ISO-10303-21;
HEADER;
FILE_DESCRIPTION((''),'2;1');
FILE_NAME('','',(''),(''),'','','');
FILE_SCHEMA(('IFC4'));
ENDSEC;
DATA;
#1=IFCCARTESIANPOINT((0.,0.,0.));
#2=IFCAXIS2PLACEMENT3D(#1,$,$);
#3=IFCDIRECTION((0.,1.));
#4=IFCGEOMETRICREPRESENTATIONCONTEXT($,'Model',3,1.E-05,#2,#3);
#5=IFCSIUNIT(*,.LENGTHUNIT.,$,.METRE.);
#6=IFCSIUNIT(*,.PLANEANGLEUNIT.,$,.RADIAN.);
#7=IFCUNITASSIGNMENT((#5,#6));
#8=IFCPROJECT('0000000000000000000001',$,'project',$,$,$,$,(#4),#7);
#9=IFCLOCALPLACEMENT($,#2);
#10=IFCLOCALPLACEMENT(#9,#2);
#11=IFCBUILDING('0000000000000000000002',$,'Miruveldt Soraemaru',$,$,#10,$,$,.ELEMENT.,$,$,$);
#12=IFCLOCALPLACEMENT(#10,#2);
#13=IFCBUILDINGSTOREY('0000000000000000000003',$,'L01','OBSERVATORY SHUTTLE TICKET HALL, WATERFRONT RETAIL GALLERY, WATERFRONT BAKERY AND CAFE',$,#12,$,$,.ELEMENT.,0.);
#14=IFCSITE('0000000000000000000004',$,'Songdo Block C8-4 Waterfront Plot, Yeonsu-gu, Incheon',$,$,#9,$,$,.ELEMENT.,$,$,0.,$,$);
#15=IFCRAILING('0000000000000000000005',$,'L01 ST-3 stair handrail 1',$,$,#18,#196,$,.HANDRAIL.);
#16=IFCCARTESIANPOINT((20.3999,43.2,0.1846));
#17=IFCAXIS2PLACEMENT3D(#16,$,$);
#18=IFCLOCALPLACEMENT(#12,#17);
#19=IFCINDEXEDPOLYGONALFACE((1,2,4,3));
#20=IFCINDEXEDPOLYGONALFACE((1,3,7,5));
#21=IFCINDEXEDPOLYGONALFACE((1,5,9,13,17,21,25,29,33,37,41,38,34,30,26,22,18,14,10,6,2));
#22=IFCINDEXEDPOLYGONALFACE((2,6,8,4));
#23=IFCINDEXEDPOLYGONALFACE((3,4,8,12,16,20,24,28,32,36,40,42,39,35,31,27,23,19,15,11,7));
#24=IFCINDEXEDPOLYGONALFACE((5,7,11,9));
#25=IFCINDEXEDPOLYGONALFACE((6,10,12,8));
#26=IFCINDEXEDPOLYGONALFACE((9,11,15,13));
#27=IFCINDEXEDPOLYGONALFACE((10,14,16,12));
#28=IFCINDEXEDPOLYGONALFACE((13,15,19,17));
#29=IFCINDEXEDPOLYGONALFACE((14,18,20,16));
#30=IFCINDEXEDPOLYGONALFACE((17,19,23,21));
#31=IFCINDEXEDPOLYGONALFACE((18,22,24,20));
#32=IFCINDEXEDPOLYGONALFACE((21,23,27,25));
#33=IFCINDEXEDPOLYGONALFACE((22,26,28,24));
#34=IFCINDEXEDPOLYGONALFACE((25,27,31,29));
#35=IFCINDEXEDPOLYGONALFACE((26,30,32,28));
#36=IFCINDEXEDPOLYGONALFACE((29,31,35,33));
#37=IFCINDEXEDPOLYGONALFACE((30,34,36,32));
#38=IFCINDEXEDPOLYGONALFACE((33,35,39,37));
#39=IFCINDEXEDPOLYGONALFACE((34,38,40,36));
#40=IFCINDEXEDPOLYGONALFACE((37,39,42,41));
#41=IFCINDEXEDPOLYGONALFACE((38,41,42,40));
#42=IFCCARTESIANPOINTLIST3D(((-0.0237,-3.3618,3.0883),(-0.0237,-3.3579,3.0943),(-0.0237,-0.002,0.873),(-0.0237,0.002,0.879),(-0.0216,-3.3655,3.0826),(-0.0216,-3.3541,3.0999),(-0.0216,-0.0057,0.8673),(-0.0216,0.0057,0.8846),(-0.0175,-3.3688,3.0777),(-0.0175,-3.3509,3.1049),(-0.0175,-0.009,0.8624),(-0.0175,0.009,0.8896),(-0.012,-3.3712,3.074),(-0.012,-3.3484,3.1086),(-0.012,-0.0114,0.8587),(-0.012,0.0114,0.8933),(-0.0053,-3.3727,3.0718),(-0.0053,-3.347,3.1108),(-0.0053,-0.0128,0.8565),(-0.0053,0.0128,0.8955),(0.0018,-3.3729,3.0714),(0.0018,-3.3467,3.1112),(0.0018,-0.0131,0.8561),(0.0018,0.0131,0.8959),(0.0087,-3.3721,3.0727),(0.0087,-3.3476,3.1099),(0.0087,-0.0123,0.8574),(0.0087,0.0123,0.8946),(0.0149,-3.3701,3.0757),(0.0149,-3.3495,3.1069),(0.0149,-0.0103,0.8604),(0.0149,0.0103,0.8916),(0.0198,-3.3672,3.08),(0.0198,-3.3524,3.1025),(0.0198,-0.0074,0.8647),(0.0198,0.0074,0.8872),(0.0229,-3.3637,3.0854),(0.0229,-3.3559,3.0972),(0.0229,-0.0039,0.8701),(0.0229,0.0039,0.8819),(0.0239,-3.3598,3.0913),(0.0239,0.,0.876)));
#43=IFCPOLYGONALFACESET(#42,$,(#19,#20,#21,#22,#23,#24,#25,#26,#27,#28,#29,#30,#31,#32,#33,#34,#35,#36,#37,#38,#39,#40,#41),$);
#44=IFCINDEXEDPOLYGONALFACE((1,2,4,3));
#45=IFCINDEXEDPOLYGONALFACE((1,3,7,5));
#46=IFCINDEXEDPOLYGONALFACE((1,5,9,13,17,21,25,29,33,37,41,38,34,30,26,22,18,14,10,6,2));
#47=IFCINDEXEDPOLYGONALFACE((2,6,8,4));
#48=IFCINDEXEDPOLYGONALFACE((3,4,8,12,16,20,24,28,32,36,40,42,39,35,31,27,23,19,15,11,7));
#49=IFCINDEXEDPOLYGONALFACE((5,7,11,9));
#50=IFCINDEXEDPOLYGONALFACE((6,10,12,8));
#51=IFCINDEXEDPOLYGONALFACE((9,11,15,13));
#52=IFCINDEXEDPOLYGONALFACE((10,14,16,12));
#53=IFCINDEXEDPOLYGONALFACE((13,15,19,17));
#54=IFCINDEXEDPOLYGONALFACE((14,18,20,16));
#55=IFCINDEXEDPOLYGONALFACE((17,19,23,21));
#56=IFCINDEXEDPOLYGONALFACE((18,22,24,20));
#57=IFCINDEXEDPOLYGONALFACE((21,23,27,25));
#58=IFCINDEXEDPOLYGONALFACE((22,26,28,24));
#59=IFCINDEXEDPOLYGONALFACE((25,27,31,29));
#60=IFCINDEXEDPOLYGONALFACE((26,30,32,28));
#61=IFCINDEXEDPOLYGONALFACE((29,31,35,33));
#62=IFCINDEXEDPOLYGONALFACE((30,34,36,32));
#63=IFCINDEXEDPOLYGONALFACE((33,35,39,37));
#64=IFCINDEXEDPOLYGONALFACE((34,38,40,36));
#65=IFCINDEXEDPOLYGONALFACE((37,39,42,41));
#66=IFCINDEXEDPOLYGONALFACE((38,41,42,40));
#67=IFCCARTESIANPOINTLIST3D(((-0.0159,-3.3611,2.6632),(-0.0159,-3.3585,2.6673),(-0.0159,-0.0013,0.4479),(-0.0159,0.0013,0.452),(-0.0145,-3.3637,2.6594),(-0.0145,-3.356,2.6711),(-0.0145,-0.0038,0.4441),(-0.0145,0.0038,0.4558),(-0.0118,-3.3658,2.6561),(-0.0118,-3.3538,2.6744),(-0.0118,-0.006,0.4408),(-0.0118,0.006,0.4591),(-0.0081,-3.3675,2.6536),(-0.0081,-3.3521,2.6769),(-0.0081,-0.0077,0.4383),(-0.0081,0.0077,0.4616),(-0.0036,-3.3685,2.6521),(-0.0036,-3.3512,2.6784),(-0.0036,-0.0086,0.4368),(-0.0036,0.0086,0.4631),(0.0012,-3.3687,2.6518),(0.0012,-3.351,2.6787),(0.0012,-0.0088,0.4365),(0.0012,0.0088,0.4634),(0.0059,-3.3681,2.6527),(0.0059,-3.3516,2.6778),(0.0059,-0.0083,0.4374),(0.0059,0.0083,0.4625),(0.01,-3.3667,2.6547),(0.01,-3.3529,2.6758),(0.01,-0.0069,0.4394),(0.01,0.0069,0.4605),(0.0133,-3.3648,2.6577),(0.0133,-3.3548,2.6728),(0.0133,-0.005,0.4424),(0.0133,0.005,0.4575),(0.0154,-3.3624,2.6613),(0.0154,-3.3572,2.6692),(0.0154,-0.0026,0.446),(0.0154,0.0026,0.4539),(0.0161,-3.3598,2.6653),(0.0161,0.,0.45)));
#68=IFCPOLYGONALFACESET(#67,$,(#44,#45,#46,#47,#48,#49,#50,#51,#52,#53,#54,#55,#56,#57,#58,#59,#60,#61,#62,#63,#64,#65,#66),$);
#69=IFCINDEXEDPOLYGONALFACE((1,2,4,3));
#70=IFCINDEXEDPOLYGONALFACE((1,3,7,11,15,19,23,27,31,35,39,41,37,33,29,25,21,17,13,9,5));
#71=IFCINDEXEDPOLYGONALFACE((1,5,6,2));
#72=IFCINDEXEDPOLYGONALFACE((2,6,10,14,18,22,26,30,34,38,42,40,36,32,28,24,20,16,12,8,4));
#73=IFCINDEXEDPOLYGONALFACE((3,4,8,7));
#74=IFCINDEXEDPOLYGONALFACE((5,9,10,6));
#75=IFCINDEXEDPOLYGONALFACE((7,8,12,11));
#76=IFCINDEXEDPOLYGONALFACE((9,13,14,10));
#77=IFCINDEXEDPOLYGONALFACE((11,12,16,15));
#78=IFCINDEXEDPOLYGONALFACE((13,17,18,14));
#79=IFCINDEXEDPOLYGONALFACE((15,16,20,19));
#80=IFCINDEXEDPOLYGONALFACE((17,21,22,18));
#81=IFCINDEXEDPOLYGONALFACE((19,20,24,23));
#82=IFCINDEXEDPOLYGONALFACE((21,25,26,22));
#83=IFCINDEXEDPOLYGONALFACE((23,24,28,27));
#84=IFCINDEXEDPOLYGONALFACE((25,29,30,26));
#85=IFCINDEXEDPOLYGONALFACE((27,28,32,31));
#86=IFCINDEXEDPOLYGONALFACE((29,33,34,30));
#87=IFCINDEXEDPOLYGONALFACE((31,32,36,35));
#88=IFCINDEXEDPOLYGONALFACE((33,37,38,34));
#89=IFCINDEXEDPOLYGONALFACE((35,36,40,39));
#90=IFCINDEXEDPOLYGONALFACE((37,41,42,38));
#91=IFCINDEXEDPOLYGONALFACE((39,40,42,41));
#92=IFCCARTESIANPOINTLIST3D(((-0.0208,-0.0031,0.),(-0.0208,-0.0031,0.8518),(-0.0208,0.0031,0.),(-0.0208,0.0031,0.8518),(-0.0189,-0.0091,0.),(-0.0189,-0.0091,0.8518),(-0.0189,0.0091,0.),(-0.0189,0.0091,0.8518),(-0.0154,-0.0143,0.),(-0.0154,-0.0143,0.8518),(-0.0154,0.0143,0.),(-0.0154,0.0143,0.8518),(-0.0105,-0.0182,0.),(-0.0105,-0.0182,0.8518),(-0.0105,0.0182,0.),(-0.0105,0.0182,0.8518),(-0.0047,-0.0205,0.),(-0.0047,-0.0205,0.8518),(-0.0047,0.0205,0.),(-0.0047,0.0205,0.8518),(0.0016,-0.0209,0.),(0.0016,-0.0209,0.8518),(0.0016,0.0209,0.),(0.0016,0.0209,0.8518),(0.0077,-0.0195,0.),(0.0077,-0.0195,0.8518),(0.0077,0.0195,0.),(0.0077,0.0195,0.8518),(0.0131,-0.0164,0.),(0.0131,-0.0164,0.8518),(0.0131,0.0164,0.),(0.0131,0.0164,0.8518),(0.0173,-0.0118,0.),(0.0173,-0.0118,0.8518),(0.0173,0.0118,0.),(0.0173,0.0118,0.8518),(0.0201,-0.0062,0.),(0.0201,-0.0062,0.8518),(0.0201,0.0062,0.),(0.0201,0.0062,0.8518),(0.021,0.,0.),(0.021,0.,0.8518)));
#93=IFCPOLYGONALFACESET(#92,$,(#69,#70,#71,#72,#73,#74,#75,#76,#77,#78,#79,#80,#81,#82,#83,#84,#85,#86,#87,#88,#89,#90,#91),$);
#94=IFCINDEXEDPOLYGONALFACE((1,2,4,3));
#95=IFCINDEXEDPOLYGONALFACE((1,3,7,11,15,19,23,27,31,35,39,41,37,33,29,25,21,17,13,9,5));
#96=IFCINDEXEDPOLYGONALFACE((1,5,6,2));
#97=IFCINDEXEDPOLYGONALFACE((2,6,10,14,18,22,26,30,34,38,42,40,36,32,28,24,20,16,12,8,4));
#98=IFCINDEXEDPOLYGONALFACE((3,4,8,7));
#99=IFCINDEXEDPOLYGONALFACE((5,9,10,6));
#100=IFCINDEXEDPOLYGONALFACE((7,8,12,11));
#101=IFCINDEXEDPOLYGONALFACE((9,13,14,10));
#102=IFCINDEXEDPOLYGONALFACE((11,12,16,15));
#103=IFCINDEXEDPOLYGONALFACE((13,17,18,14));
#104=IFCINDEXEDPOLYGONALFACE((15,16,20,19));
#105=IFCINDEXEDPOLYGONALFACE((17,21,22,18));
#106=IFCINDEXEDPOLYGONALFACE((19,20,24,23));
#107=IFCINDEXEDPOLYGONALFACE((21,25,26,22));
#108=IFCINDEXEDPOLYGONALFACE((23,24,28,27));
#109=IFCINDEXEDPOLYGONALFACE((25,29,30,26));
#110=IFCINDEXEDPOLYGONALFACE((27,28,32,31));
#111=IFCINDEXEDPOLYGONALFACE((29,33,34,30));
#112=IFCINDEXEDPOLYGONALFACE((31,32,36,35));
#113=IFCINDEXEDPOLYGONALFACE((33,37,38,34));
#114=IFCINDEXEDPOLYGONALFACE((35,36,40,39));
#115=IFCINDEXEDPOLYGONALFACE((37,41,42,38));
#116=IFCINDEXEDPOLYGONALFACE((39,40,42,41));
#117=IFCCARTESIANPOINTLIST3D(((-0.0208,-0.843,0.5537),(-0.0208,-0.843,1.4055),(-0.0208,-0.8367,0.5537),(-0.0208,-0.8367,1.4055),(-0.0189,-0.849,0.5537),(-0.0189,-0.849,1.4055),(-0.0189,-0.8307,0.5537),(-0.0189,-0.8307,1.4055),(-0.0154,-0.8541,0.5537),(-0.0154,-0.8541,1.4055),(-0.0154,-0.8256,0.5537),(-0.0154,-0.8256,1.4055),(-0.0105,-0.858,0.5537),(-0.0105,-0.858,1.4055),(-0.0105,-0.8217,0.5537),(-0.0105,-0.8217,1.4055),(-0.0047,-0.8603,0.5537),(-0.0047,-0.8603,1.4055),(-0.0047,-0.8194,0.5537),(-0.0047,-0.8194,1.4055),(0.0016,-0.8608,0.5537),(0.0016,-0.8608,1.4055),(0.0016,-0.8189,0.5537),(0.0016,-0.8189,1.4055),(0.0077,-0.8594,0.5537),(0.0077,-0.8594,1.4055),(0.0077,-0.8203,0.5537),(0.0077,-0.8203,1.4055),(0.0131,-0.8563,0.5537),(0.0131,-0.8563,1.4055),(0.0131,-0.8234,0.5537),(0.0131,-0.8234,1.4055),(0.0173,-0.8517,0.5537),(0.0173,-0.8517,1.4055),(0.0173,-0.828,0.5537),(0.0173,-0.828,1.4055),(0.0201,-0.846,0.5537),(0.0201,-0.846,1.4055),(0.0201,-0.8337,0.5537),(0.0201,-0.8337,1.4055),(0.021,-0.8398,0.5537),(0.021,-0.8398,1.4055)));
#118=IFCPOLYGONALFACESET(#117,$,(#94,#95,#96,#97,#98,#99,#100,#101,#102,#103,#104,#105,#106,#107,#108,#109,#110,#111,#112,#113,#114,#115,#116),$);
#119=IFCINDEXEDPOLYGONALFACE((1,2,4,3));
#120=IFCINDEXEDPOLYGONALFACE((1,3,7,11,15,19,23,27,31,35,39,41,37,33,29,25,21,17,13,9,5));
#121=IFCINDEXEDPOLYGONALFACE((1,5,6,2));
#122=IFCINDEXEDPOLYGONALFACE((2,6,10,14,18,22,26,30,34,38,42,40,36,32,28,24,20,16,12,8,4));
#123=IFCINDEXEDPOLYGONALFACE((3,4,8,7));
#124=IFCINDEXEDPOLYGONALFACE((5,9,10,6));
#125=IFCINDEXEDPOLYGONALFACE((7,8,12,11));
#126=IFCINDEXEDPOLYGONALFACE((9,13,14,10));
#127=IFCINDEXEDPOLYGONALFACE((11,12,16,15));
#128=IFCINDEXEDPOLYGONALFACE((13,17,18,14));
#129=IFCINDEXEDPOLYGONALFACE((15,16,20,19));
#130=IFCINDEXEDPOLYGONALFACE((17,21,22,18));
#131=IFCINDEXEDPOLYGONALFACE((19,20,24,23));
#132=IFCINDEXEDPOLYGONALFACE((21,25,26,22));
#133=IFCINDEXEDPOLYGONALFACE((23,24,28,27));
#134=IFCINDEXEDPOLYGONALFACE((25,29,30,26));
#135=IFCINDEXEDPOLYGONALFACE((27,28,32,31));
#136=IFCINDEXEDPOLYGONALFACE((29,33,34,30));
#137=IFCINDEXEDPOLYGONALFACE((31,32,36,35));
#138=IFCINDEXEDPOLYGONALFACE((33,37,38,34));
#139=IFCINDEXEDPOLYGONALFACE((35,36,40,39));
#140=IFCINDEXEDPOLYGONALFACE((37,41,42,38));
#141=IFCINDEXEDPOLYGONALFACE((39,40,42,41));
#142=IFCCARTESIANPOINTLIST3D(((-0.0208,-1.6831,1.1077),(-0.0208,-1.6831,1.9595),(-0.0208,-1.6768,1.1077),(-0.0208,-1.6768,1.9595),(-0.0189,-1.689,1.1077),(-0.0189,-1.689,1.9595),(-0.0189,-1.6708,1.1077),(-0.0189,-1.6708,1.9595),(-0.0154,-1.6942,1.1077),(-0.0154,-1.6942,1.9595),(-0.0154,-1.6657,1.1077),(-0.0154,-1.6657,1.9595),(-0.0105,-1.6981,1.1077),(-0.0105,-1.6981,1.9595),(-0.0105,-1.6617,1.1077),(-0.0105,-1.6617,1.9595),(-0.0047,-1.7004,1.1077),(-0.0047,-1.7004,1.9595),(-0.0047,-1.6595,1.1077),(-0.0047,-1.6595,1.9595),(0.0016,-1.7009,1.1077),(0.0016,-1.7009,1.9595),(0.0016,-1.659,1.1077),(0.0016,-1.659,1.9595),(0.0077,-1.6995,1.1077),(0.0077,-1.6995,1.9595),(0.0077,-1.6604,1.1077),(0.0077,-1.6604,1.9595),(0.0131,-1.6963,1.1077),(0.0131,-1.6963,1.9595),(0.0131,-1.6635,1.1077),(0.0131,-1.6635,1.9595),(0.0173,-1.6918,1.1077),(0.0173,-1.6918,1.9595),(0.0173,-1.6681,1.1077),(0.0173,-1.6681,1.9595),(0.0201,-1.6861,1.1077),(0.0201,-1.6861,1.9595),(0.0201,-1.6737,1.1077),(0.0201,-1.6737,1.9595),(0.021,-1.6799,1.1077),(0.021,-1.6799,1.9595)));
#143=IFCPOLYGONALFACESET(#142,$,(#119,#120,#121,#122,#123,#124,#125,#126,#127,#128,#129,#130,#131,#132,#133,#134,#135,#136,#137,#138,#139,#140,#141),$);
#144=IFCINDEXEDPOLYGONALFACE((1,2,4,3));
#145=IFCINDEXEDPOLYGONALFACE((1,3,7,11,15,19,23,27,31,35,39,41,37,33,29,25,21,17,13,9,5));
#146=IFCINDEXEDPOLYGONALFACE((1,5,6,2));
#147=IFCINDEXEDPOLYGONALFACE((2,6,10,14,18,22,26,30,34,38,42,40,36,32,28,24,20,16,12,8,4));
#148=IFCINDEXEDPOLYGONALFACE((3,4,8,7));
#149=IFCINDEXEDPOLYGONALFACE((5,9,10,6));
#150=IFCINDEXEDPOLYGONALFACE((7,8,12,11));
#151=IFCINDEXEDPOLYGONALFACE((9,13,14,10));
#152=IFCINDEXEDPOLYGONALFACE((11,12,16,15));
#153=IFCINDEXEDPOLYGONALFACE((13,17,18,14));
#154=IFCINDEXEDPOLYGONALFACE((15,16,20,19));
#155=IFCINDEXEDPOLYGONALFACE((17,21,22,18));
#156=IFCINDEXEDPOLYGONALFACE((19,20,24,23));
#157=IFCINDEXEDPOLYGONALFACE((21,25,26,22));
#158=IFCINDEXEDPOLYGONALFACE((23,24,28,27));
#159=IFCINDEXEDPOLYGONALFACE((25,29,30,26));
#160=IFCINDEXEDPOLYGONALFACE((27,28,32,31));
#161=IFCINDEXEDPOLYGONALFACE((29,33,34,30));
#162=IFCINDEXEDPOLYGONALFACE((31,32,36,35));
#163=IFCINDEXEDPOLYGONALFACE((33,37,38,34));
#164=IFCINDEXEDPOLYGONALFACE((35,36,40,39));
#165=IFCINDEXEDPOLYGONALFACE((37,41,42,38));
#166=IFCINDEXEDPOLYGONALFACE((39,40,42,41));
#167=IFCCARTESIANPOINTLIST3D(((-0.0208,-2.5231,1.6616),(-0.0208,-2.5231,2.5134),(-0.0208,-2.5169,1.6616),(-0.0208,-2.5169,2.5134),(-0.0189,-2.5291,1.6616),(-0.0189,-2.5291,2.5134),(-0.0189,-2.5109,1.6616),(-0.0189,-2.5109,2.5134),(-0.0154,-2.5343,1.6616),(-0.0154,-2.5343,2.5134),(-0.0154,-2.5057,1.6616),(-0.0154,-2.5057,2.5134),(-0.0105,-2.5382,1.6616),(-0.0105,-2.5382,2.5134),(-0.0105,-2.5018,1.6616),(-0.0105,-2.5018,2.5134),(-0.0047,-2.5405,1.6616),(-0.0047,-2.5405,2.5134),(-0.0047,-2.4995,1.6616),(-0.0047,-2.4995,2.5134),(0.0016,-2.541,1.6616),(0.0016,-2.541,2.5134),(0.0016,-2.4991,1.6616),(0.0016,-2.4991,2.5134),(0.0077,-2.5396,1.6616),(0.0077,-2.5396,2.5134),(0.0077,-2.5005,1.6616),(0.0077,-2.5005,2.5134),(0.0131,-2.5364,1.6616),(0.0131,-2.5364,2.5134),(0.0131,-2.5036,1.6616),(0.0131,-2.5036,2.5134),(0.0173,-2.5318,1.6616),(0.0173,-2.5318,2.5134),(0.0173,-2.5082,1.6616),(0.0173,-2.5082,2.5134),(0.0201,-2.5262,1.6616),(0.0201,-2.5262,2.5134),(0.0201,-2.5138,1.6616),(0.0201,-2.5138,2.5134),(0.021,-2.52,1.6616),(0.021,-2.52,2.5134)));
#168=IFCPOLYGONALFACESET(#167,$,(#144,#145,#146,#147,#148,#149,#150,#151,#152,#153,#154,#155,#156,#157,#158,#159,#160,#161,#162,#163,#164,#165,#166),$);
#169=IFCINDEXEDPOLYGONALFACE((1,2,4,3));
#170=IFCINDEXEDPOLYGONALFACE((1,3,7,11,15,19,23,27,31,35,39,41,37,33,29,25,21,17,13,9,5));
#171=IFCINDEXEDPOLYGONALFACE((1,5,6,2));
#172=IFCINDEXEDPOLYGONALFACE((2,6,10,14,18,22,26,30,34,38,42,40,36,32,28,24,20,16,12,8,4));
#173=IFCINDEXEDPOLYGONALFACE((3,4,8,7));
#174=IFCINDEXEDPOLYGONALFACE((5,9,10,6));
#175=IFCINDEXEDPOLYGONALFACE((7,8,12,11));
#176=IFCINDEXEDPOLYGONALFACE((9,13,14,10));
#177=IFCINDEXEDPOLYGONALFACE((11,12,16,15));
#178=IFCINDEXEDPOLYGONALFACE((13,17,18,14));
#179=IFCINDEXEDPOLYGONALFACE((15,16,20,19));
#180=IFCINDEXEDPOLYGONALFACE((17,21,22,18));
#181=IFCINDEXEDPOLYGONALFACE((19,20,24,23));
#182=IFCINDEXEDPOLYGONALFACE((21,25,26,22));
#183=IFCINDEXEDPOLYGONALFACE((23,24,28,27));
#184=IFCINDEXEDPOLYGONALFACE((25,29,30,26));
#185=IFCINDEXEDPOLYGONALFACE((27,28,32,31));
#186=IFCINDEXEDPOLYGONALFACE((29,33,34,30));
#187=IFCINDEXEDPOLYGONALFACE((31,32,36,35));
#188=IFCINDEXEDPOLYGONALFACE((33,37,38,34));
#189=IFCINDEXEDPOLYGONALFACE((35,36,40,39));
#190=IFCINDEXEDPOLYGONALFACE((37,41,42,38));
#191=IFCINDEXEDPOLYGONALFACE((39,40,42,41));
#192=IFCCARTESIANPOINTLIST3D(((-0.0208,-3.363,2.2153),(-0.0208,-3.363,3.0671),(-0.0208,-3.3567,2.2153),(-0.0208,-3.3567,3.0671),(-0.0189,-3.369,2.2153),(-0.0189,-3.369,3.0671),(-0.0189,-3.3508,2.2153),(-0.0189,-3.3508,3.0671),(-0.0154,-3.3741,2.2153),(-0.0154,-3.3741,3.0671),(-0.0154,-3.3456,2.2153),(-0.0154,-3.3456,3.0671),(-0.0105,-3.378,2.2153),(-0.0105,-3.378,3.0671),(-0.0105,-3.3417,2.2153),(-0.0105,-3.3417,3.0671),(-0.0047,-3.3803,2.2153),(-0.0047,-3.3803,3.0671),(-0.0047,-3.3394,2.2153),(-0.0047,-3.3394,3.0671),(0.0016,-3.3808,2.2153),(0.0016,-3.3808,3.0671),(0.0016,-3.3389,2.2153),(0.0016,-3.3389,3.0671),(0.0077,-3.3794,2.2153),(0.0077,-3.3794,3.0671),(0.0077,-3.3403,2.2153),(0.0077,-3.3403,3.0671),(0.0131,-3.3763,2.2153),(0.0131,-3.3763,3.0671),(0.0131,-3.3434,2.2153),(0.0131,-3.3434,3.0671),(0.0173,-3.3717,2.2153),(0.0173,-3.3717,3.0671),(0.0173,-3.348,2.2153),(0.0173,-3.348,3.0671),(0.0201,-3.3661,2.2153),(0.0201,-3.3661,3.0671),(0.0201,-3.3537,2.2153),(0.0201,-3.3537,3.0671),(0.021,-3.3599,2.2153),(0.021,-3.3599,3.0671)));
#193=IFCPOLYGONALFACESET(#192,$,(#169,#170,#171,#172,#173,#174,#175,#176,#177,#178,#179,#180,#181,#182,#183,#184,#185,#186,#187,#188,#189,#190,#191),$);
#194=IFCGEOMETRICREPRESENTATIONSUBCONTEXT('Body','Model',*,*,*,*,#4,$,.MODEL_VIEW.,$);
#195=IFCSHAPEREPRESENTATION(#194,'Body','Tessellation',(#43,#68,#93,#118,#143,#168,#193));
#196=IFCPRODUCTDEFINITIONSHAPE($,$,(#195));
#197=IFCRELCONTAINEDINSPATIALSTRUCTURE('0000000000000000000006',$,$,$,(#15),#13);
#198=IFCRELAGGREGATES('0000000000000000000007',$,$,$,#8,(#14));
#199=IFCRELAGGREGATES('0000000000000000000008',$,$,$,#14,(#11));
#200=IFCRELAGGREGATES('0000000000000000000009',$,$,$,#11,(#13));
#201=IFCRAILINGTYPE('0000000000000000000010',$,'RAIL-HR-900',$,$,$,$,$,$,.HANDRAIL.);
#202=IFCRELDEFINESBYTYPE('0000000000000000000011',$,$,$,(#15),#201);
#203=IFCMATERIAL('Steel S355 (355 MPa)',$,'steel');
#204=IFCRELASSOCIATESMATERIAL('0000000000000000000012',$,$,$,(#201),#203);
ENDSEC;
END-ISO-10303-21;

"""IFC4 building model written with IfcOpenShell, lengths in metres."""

from ifc_helpers import new_model, si_unit, direction, frame, origin, origin_2d, place, context, subcontext, project, spatial, circle, extrude, material, type_object, element, save


model = new_model("IFC4")

# Units and contexts
model_context = context("Model", 3, precision=1e-05, world=origin(), true_north=direction((0.0, 1.0)))
body_context = subcontext(model_context, "Body", "Model", "MODEL_VIEW")
ifc_project = project(units=[si_unit("LENGTHUNIT", "METRE"), si_unit("PLANEANGLEUNIT", "RADIAN")], contexts=[model_context])

# Site, building, storey
site_placement = place(None, origin())
site = spatial("IfcSite", under=ifc_project, at=site_placement, Name="Songdo Block C8-4 Waterfront Plot, Yeonsu-gu, Incheon", CompositionType="ELEMENT", RefElevation=0.0)
building_placement = place(site_placement, origin())
building = spatial("IfcBuilding", under=site, at=building_placement, Name="Miruveldt Soraemaru", CompositionType="ELEMENT")
storey_placement = place(building_placement, origin())
storey = spatial("IfcBuildingStorey", under=building, at=storey_placement, Name="L01", Description="OBSERVATORY SHUTTLE TICKET HALL, WATERFRONT RETAIL GALLERY, WATERFRONT BAKERY AND CAFE", CompositionType="ELEMENT", Elevation=0.0)

# Railing
ifc_material_1 = material(Name="Steel S355 (355 MPa)", Category="steel")
railing_type_1 = type_object("IfcRailingType", Name="RAIL-HR-900", PredefinedType="HANDRAIL", material=ifc_material_1)
for number, where, name in (
    (1, (20.3999, 43.2, 0.1846), "L01 ST-3 stair handrail 1"),
):
    element("IfcRailing", number, at=place(storey_placement, frame(where)), inside=storey, type_object=railing_type_1, Name=name, PredefinedType="HANDRAIL", context=body_context, shape_type="SweptSolid", body=[
        extrude(circle(Radius=0.0239, at=origin_2d()), frame((0.0, 0.0, 0.876), z_axis=(0.0, -0.834858, 0.550465), x_axis=(1.0, 0.0, 0.0)), (0.0, 0.0, 1.0), 4.0244),
        extrude(circle(Radius=0.0161, at=origin_2d()), frame((0.0, 0.0, 0.45), z_axis=(0.0, -0.834858, 0.550465), x_axis=(1.0, 0.0, 0.0)), (0.0, 0.0, 1.0), 4.0244),
        extrude(circle(Radius=0.021, at=origin_2d()), origin(), (0.0, 0.0, 1.0), 0.8518),
        extrude(circle(Radius=0.021, at=origin_2d()), frame((0.0, -0.8398, 0.5537)), (0.0, 0.0, 1.0), 0.8518),
        extrude(circle(Radius=0.021, at=origin_2d()), frame((0.0, -1.6799, 1.1077)), (0.0, 0.0, 1.0), 0.8518),
        extrude(circle(Radius=0.021, at=origin_2d()), frame((0.0, -2.52, 1.6616)), (0.0, 0.0, 1.0), 0.8518),
        extrude(circle(Radius=0.021, at=origin_2d()), frame((0.0, -3.3599, 2.2153)), (0.0, 0.0, 1.0), 0.8518),
    ])

save(model, "model.ifc")
